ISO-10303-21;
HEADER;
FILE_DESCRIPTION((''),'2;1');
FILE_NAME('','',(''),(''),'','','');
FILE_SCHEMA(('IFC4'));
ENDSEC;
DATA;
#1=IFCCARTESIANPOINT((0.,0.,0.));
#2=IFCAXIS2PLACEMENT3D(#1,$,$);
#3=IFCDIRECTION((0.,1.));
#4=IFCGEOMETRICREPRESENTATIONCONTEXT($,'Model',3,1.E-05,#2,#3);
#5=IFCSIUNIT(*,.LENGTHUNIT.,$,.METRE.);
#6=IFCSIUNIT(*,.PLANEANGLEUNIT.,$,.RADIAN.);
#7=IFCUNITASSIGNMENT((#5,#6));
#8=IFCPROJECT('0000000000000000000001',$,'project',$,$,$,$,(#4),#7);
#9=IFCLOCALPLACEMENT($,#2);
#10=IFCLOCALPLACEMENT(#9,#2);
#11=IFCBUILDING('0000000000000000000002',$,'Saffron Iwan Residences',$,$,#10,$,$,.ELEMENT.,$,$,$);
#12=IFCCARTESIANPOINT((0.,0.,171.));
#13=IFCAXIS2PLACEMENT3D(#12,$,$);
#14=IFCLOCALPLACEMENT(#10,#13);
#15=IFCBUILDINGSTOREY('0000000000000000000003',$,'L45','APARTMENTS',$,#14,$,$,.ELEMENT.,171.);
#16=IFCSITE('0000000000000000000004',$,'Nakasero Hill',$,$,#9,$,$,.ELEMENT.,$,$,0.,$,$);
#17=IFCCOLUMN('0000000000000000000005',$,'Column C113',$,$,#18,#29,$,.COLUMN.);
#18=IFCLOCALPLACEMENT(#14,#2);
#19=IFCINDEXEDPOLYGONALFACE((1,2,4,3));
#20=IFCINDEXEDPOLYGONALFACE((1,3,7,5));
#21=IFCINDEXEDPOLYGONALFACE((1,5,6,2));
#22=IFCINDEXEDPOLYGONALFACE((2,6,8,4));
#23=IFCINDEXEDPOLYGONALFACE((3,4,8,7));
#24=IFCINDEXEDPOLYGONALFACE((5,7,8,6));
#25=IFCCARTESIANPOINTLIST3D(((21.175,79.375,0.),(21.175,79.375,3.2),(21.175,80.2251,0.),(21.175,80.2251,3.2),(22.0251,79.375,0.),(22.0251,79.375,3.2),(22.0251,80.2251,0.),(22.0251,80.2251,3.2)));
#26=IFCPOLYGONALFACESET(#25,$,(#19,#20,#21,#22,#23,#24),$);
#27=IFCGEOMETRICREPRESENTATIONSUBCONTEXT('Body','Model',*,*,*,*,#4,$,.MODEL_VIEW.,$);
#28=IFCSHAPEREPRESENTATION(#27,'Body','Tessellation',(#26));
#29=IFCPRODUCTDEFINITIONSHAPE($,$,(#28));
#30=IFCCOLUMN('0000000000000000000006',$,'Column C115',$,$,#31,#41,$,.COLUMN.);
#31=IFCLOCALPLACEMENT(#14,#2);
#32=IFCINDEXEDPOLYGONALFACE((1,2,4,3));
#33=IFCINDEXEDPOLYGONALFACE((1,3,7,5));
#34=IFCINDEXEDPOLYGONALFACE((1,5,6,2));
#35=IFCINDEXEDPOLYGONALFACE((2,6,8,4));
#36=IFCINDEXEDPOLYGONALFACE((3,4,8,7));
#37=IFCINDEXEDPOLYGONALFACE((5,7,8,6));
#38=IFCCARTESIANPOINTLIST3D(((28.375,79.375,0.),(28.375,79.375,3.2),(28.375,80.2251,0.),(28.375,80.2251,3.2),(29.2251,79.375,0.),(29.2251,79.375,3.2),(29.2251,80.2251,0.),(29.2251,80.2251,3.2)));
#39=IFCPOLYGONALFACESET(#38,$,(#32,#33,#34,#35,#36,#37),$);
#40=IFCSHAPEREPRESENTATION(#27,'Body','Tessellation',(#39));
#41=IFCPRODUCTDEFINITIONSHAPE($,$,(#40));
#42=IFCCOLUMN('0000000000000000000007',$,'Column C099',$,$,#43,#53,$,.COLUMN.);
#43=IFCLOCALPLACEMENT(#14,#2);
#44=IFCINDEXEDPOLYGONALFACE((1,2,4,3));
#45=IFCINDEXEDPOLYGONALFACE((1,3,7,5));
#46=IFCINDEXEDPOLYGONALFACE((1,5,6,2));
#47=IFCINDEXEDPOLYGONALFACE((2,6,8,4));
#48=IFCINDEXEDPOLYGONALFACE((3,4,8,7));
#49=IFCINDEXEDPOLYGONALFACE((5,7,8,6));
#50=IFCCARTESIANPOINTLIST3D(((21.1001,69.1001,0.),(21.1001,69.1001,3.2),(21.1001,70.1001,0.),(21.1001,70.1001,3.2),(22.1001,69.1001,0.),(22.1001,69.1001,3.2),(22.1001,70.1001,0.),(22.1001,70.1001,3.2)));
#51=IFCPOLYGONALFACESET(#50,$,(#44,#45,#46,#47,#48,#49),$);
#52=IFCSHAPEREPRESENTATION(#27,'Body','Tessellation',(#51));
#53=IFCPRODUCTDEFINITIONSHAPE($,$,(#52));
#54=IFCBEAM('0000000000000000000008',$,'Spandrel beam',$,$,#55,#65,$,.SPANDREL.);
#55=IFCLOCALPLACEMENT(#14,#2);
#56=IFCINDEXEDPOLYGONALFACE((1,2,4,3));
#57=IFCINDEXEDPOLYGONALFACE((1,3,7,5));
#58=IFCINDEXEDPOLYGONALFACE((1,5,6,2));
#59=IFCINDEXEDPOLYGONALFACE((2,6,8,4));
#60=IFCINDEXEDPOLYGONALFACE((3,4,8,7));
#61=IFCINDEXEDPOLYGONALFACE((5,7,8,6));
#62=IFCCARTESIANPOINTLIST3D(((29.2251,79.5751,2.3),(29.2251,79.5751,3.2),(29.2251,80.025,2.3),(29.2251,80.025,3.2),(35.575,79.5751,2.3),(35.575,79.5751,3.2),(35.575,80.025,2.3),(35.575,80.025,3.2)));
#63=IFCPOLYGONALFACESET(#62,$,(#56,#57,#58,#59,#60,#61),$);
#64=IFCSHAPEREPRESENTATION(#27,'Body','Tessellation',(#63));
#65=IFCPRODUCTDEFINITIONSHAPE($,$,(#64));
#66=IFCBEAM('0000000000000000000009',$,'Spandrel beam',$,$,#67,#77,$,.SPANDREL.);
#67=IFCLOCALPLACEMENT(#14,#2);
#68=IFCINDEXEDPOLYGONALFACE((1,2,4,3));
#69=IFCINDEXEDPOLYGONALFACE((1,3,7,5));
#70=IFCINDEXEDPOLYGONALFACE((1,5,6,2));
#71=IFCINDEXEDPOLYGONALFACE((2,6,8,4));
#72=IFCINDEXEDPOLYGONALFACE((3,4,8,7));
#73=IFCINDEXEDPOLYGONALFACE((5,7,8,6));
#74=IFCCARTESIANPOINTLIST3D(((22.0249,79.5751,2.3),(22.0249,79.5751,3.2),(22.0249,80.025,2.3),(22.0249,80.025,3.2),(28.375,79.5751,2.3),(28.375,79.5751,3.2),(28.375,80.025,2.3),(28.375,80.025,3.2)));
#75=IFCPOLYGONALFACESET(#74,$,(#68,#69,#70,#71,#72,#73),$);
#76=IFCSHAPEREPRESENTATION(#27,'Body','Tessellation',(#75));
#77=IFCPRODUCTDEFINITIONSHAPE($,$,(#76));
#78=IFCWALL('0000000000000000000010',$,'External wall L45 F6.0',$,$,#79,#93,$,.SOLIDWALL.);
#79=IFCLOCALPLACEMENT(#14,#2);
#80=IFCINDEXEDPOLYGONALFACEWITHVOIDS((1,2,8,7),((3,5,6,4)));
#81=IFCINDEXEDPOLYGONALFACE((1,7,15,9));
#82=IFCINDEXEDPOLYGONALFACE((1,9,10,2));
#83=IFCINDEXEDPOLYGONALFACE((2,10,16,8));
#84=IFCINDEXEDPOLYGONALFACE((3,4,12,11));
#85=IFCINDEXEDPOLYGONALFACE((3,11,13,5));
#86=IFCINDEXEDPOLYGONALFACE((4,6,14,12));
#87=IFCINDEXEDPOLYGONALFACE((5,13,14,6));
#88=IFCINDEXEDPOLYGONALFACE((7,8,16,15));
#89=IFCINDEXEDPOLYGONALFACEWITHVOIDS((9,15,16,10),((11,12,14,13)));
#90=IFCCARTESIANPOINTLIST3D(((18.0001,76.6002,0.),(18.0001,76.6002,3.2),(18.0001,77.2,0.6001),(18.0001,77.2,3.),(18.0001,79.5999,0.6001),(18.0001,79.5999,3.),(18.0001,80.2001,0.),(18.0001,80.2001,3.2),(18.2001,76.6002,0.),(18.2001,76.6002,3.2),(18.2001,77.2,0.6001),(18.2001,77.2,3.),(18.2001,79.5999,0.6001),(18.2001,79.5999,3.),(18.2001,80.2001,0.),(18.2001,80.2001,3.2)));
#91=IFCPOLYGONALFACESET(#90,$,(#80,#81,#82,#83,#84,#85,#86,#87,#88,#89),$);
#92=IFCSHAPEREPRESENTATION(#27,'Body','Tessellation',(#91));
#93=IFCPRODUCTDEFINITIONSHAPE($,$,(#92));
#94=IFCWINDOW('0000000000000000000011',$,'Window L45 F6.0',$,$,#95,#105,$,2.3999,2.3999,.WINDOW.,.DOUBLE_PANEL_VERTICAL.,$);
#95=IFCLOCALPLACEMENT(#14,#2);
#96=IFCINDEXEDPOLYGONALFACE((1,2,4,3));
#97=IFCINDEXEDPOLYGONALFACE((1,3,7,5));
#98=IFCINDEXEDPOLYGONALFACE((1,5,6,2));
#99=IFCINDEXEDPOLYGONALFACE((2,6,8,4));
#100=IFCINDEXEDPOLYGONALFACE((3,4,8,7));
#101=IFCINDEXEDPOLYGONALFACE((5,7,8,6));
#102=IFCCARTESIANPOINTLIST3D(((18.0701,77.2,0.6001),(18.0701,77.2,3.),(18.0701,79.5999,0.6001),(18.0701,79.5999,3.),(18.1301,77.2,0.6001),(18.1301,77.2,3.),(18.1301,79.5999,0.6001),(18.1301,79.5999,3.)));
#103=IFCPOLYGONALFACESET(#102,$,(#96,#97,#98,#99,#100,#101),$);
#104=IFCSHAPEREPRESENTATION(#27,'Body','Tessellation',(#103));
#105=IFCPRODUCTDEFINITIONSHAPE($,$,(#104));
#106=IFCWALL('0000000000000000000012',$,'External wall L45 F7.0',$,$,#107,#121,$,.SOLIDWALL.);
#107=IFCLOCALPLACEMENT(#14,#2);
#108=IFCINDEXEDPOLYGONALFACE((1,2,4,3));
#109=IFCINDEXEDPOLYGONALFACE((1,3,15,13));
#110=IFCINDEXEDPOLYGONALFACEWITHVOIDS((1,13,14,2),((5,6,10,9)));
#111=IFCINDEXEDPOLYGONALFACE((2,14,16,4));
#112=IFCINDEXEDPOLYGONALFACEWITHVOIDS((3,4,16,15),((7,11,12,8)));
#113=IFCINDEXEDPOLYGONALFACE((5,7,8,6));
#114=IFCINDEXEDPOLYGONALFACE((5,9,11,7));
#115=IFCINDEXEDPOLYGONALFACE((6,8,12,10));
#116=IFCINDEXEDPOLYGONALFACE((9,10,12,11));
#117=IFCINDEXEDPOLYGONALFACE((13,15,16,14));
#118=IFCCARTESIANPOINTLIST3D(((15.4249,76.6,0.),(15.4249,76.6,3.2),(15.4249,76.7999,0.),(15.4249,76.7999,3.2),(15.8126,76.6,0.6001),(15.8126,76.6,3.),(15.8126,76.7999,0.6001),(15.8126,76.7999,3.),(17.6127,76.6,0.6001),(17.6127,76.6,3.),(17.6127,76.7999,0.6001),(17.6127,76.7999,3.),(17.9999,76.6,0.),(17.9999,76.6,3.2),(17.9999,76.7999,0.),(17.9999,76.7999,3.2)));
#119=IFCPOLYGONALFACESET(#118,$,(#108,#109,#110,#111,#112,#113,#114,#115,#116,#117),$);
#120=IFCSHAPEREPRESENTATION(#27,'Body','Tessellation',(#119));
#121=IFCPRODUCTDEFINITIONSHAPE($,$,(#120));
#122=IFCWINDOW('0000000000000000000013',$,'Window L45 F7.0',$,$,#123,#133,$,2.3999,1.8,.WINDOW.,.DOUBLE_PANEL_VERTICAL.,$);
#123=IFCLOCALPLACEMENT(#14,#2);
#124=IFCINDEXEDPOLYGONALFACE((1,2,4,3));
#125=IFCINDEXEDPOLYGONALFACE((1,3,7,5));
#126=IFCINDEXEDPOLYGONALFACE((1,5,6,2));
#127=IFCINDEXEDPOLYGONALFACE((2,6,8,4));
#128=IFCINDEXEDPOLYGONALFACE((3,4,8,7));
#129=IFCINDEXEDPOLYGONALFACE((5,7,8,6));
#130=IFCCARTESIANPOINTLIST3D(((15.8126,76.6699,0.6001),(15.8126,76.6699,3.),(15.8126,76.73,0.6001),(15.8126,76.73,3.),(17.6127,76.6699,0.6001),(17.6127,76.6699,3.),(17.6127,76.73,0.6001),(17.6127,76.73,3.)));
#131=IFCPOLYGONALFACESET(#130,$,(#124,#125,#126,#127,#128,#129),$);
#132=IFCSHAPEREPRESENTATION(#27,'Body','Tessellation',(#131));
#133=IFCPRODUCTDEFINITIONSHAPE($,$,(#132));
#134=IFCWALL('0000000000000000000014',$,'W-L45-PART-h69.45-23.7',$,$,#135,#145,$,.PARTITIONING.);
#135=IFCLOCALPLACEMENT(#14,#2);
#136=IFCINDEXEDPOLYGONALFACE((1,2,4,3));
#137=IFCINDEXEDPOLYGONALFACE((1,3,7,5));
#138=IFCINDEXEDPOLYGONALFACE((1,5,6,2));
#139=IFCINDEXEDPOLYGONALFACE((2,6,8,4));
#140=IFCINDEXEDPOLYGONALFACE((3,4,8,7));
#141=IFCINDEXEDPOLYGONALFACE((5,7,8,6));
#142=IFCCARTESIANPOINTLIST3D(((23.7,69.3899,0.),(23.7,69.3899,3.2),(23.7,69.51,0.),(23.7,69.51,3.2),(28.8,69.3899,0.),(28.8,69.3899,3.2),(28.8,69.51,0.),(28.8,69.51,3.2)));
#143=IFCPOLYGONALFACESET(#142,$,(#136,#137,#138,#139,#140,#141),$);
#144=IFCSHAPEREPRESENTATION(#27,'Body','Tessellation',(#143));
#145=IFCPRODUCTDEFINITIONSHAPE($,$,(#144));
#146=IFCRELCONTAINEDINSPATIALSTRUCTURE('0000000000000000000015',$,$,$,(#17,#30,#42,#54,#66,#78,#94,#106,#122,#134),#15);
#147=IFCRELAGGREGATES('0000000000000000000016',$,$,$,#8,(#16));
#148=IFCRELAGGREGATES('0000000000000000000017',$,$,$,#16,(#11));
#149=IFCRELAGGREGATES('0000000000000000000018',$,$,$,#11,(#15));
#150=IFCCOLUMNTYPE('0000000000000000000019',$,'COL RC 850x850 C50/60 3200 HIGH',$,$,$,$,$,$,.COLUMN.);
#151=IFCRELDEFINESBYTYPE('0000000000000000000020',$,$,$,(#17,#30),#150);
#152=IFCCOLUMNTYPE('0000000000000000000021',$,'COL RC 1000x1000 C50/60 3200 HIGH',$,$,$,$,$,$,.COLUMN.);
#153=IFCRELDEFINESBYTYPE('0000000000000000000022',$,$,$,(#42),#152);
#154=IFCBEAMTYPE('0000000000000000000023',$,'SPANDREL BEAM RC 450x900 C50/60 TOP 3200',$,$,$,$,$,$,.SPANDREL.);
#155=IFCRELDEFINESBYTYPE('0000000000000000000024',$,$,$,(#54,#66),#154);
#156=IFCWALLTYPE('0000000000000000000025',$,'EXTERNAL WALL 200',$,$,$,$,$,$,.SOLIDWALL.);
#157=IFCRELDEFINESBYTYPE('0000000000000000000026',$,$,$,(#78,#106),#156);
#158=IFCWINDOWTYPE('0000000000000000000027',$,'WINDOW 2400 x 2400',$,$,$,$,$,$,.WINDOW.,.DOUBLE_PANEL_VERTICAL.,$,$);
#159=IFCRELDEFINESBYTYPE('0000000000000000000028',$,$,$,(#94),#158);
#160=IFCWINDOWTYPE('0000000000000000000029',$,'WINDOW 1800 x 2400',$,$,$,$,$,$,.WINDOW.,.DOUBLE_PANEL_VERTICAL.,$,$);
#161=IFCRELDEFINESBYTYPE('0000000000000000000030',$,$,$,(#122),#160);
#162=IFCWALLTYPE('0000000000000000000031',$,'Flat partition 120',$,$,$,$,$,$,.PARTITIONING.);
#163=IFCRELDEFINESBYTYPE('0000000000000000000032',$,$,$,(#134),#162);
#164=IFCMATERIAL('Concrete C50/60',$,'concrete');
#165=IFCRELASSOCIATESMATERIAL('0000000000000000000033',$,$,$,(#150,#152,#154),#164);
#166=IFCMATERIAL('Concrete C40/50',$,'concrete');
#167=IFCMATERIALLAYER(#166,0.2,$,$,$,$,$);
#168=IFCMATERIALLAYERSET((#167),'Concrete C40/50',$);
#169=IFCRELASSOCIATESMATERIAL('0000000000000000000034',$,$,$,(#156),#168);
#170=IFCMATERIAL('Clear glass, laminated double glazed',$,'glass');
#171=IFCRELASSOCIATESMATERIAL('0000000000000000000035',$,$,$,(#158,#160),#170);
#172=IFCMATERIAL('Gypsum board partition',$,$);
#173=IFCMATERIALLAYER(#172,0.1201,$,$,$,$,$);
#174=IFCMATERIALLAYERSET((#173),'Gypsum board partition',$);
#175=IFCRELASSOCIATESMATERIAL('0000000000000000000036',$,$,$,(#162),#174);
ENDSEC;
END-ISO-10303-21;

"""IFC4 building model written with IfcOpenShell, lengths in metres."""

from ifc_helpers import new_model, si_unit, direction, frame, frame_2d, origin, origin_2d, place, context, subcontext, project, spatial, rectangle, extrude, source, transform, mapped, material, layer, layer_set, material_profile, profile_set, type_object, element, fill, save


model = new_model("IFC4")

# Units and contexts
model_context = context("Model", 3, precision=1e-05, world=origin(), true_north=direction((0.0, 1.0)))
body_context = subcontext(model_context, "Body", "Model", "MODEL_VIEW")
ifc_project = project(units=[si_unit("LENGTHUNIT", "METRE"), si_unit("PLANEANGLEUNIT", "RADIAN")], contexts=[model_context])

# Site, building, storey
site_placement = place(None, origin())
site = spatial("IfcSite", under=ifc_project, at=site_placement, Name="Nakasero Hill", CompositionType="ELEMENT", RefElevation=0.0)
building_placement = place(site_placement, origin())
building = spatial("IfcBuilding", under=site, at=building_placement, Name="Saffron Iwan Residences", CompositionType="ELEMENT")
storey_placement = place(building_placement, frame((0.0, 0.0, 171.0)))
storey = spatial("IfcBuildingStorey", under=building, at=storey_placement, Name="L45", Description="APARTMENTS", CompositionType="ELEMENT", Elevation=171.0)

# Columns
ifc_material_1 = material(Name="Concrete C50/60", Category="concrete")
ifc_material_profile_1 = material_profile(ifc_material_1, rectangle(XDim=0.8501, YDim=0.8501, at=origin_2d()), Name="RC 850x850")
ifc_profile_set_1 = profile_set([ifc_material_profile_1], Name="Concrete C50/60")
column_type_1 = type_object("IfcColumnType", Name="COL RC 850x850 C50/60 3200 HIGH", PredefinedType="COLUMN", material=ifc_profile_set_1)
shared_shape_1 = source(origin(), body_context, "Body", "SweptSolid", [
    extrude(rectangle(XDim=0.8501, YDim=0.8501, at=origin_2d()), origin(), (0.0, 0.0, 1.0), 3.2),
])
for number, where, z_axis, x_axis, name in (
    (1, (21.6001, 79.8, 0.0), (0.0, 0.0, 1.0), (1.0, 0.0, 0.0), "Column C113"),
    (2, (28.8, 79.8, 0.0), (0.0, 0.0, 1.0), (1.0, 0.0, 0.0), "Column C115"),
):
    element("IfcColumn", number, at=place(storey_placement, frame(where, z_axis=z_axis, x_axis=x_axis)), inside=storey, type_object=column_type_1, Name=name, PredefinedType="COLUMN", context=body_context, shape_type="MappedRepresentation", body=[
        mapped(shared_shape_1, transform((0.0, 0.0, 0.0))),
    ])
ifc_material_profile_2 = material_profile(ifc_material_1, rectangle(XDim=1.0, YDim=1.0, at=origin_2d()), Name="RC 1000x1000")
ifc_profile_set_2 = profile_set([ifc_material_profile_2], Name="Concrete C50/60")
column_type_2 = type_object("IfcColumnType", Name="COL RC 1000x1000 C50/60 3200 HIGH", PredefinedType="COLUMN", material=ifc_profile_set_2)
shared_shape_2 = source(origin(), body_context, "Body", "SweptSolid", [
    extrude(rectangle(XDim=1.0, YDim=1.0, at=origin_2d()), origin(), (0.0, 0.0, 1.0), 3.2),
])
column_placement = place(storey_placement, frame((21.6001, 69.6001, 0.0), z_axis=(0.0, 0.0, 1.0), x_axis=(1.0, 0.0, 0.0)))
element("IfcColumn", 3, at=column_placement, inside=storey, type_object=column_type_2, Name="Column C099", PredefinedType="COLUMN", context=body_context, shape_type="MappedRepresentation", body=[
    mapped(shared_shape_2, transform((0.0, 0.0, 0.0))),
])

# Beams
ifc_material_profile_3 = material_profile(ifc_material_1, rectangle(XDim=0.45, YDim=0.8999, at=origin_2d()), Name="RC 450x900")
ifc_profile_set_3 = profile_set([ifc_material_profile_3], Name="Concrete C50/60")
beam_type = type_object("IfcBeamType", Name="SPANDREL BEAM RC 450x900 C50/60 TOP 3200", PredefinedType="SPANDREL", material=ifc_profile_set_3)
shared_shape_3 = source(origin(), body_context, "Body", "SweptSolid", [
    extrude(rectangle(XDim=0.45, YDim=0.8999, at=origin_2d()), origin(), (0.0, 0.0, 1.0), 6.3499),
])
beam_1_placement = place(storey_placement, frame((29.2251, 79.8, 2.75), z_axis=(1.0, 0.0, 0.0), x_axis=(0.0, 1.0, 0.0)))
element("IfcBeam", 4, at=beam_1_placement, inside=storey, type_object=beam_type, Name="Spandrel beam", PredefinedType="SPANDREL", context=body_context, shape_type="MappedRepresentation", body=[
    mapped(shared_shape_3, transform((0.0, 0.0, 0.0))),
])
shared_shape_4 = source(origin(), body_context, "Body", "SweptSolid", [
    extrude(rectangle(XDim=0.45, YDim=0.8999, at=origin_2d()), origin(), (0.0, 0.0, 1.0), 6.3501),
])
beam_2_placement = place(storey_placement, frame((22.0249, 79.8, 2.75), z_axis=(1.0, 0.0, 0.0), x_axis=(0.0, 1.0, 0.0)))
element("IfcBeam", 5, at=beam_2_placement, inside=storey, type_object=beam_type, Name="Spandrel beam", PredefinedType="SPANDREL", context=body_context, shape_type="MappedRepresentation", body=[
    mapped(shared_shape_4, transform((0.0, 0.0, 0.0))),
])

# Walls, openings, windows
ifc_material_2 = material(Name="Concrete C40/50", Category="concrete")
ifc_layer_1 = layer(ifc_material_2, 0.2)
ifc_layer_set_1 = layer_set([ifc_layer_1], Name="Concrete C40/50")
wall_type_1 = type_object("IfcWallType", Name="EXTERNAL WALL 200", PredefinedType="SOLIDWALL", material=ifc_layer_set_1)
wall_1_placement = place(storey_placement, frame((18.1001, 80.2, 0.0), z_axis=(0.0, 0.0, 1.0), x_axis=(0.0, -1.0, 0.0)))
wall_1 = element("IfcWall", 6, at=wall_1_placement, inside=storey, type_object=wall_type_1, Name="External wall L45 F6.0", PredefinedType="SOLIDWALL", context=body_context, shape_type="SweptSolid", body=[
    extrude(rectangle(XDim=3.5999, YDim=0.2, at=frame_2d((1.7998, 0.0))), origin(), (0.0, 0.0, 1.0), 3.2),
])
opening_1_placement = place(wall_1_placement, frame((0.6001, 0.0, 0.6001)))
opening_1 = element("IfcOpeningElement", 7, at=opening_1_placement, cuts=wall_1, PredefinedType="OPENING", context=body_context, shape_type="SweptSolid", body=[
    extrude(rectangle(XDim=2.3999, YDim=2.3999, at=frame_2d((1.2, 1.2))), frame((0.0, 0.1099, 0.0), z_axis=(0.0, -1.0, 0.0), x_axis=(1.0, 0.0, 0.0)), (0.0, 0.0, 1.0), 0.22),
])
ifc_material_3 = material(Name="Clear glass, laminated double glazed", Category="glass")
window_type_1 = type_object("IfcWindowType", Name="WINDOW 2400 x 2400", PartitioningType="DOUBLE_PANEL_VERTICAL", PredefinedType="WINDOW", material=ifc_material_3)
window_1_placement = place(opening_1_placement, origin())
window_1 = element("IfcWindow", 8, at=window_1_placement, inside=storey, type_object=window_type_1, Name="Window L45 F6.0", OverallHeight=2.3999, OverallWidth=2.3999, PartitioningType="DOUBLE_PANEL_VERTICAL", PredefinedType="WINDOW", context=body_context, shape_type="SweptSolid", body=[
    extrude(rectangle(XDim=2.3999, YDim=2.3999, at=frame_2d((1.2, 1.2))), frame((0.0, 0.03, 0.0), z_axis=(0.0, -1.0, 0.0), x_axis=(1.0, 0.0, 0.0)), (0.0, 0.0, 1.0), 0.0601),
])
fill(opening_1, window_1)
wall_2_placement = place(storey_placement, frame((18.0, 76.7, 0.0), z_axis=(0.0, 0.0, 1.0), x_axis=(-1.0, 0.0, 0.0)))
wall_2 = element("IfcWall", 9, at=wall_2_placement, inside=storey, type_object=wall_type_1, Name="External wall L45 F7.0", PredefinedType="SOLIDWALL", context=body_context, shape_type="SweptSolid", body=[
    extrude(rectangle(XDim=2.575, YDim=0.2, at=frame_2d((1.2876, 0.0))), origin(), (0.0, 0.0, 1.0), 3.2),
])
opening_2_placement = place(wall_2_placement, frame((0.3875, 0.0, 0.6001)))
opening_2 = element("IfcOpeningElement", 10, at=opening_2_placement, cuts=wall_2, PredefinedType="OPENING", context=body_context, shape_type="SweptSolid", body=[
    extrude(rectangle(XDim=1.8, YDim=2.3999, at=frame_2d((0.8999, 1.2))), frame((0.0, 0.1099, 0.0), z_axis=(0.0, -1.0, 0.0), x_axis=(1.0, 0.0, 0.0)), (0.0, 0.0, 1.0), 0.22),
])
window_type_2 = type_object("IfcWindowType", Name="WINDOW 1800 x 2400", PartitioningType="DOUBLE_PANEL_VERTICAL", PredefinedType="WINDOW", material=ifc_material_3)
window_2_placement = place(opening_2_placement, origin())
window_2 = element("IfcWindow", 11, at=window_2_placement, inside=storey, type_object=window_type_2, Name="Window L45 F7.0", OverallHeight=2.3999, OverallWidth=1.8, PartitioningType="DOUBLE_PANEL_VERTICAL", PredefinedType="WINDOW", context=body_context, shape_type="SweptSolid", body=[
    extrude(rectangle(XDim=1.8, YDim=2.3999, at=frame_2d((0.8999, 1.2))), frame((0.0, 0.03, 0.0), z_axis=(0.0, -1.0, 0.0), x_axis=(1.0, 0.0, 0.0)), (0.0, 0.0, 1.0), 0.0601),
])
fill(opening_2, window_2)

# Wall
ifc_material_4 = material(Name="Gypsum board partition")
ifc_layer_2 = layer(ifc_material_4, 0.1201)
ifc_layer_set_2 = layer_set([ifc_layer_2], Name="Gypsum board partition")
wall_type_2 = type_object("IfcWallType", Name="Flat partition 120", PredefinedType="PARTITIONING", material=ifc_layer_set_2)
wall_3_placement = place(storey_placement, frame((23.7, 69.45, 0.0), z_axis=(0.0, 0.0, 1.0), x_axis=(1.0, 0.0, 0.0)))
element("IfcWall", 12, at=wall_3_placement, inside=storey, type_object=wall_type_2, Name="W-L45-PART-h69.45-23.7", PredefinedType="PARTITIONING", context=body_context, shape_type="SweptSolid", body=[
    extrude(rectangle(XDim=5.1001, YDim=0.1201, at=frame_2d((2.55, 0.0))), origin(), (0.0, 0.0, 1.0), 3.2),
])

save(model, "model.ifc")
